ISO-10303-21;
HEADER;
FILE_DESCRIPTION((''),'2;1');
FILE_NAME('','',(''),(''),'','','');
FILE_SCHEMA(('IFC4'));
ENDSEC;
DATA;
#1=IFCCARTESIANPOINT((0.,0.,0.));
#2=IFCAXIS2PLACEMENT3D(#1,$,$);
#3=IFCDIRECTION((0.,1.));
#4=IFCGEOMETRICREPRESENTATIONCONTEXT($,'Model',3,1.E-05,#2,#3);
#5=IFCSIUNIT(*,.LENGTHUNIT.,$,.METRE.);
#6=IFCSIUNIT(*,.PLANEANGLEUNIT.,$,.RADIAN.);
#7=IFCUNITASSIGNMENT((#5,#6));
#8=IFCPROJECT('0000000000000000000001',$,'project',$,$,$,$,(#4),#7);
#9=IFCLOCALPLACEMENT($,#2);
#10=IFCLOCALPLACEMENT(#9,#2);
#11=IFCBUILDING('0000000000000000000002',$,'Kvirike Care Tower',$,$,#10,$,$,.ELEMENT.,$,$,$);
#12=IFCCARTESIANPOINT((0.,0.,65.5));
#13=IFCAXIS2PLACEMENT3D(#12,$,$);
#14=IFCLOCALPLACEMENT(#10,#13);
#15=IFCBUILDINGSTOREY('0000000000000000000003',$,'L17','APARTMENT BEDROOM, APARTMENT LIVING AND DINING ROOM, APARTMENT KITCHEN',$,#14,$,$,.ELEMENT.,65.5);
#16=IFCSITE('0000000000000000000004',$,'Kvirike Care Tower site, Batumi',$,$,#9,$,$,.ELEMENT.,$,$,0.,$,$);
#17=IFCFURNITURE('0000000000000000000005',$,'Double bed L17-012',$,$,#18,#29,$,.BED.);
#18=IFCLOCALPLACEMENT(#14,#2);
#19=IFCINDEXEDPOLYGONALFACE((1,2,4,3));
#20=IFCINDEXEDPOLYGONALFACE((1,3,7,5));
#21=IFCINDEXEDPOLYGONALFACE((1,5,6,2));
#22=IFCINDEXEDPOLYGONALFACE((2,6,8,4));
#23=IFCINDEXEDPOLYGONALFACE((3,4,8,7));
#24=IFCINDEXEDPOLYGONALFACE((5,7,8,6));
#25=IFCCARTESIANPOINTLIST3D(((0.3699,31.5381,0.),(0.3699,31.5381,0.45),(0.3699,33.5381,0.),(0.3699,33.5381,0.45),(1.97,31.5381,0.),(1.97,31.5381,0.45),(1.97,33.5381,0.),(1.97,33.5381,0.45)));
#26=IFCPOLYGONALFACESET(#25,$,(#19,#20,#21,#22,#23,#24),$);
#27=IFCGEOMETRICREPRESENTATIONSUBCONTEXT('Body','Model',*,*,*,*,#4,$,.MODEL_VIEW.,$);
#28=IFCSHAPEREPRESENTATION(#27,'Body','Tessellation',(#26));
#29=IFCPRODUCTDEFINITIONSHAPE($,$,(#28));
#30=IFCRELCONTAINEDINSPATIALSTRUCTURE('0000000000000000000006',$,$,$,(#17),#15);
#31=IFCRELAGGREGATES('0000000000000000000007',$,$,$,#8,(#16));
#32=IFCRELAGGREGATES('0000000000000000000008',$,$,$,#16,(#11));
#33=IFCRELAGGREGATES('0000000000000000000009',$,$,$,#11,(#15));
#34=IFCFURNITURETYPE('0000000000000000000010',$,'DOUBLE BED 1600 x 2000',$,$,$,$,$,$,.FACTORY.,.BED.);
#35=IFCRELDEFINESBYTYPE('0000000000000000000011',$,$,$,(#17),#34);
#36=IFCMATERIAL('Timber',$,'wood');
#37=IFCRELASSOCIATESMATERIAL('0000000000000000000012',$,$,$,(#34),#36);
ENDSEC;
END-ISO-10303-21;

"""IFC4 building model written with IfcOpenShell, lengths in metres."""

from ifc_helpers import new_model, si_unit, direction, frame, origin, origin_2d, place, context, subcontext, project, spatial, rectangle, extrude, material, type_object, element, save


model = new_model("IFC4")

# Units and contexts
model_context = context("Model", 3, precision=1e-05, world=origin(), true_north=direction((0.0, 1.0)))
body_context = subcontext(model_context, "Body", "Model", "MODEL_VIEW")
ifc_project = project(units=[si_unit("LENGTHUNIT", "METRE"), si_unit("PLANEANGLEUNIT", "RADIAN")], contexts=[model_context])

# Site, building, storey
site_placement = place(None, origin())
site = spatial("IfcSite", under=ifc_project, at=site_placement, Name="Kvirike Care Tower site, Batumi", CompositionType="ELEMENT", RefElevation=0.0)
building_placement = place(site_placement, origin())
building = spatial("IfcBuilding", under=site, at=building_placement, Name="Kvirike Care Tower", CompositionType="ELEMENT")
storey_placement = place(building_placement, frame((0.0, 0.0, 65.5)))
storey = spatial("IfcBuildingStorey", under=building, at=storey_placement, Name="L17", Description="APARTMENT BEDROOM, APARTMENT LIVING AND DINING ROOM, APARTMENT KITCHEN", CompositionType="ELEMENT", Elevation=65.5)

# Furniture
ifc_material_1 = material(Name="Timber", Category="wood")
furniture_type = type_object("IfcFurnitureType", Name="DOUBLE BED 1600 x 2000", AssemblyPlace="FACTORY", PredefinedType="BED", material=ifc_material_1)
furniture_placement = place(storey_placement, frame((1.1699, 32.5381, 0.0), z_axis=(0.0, 0.0, 1.0), x_axis=(1.0, 0.0, 0.0)))
element("IfcFurniture", 1, at=furniture_placement, inside=storey, type_object=furniture_type, Name="Double bed L17-012", PredefinedType="BED", context=body_context, shape_type="SweptSolid", body=[
    extrude(rectangle(XDim=1.6001, YDim=2.0, at=origin_2d()), origin(), (0.0, 0.0, 1.0), 0.45),
])

save(model, "model.ifc")
